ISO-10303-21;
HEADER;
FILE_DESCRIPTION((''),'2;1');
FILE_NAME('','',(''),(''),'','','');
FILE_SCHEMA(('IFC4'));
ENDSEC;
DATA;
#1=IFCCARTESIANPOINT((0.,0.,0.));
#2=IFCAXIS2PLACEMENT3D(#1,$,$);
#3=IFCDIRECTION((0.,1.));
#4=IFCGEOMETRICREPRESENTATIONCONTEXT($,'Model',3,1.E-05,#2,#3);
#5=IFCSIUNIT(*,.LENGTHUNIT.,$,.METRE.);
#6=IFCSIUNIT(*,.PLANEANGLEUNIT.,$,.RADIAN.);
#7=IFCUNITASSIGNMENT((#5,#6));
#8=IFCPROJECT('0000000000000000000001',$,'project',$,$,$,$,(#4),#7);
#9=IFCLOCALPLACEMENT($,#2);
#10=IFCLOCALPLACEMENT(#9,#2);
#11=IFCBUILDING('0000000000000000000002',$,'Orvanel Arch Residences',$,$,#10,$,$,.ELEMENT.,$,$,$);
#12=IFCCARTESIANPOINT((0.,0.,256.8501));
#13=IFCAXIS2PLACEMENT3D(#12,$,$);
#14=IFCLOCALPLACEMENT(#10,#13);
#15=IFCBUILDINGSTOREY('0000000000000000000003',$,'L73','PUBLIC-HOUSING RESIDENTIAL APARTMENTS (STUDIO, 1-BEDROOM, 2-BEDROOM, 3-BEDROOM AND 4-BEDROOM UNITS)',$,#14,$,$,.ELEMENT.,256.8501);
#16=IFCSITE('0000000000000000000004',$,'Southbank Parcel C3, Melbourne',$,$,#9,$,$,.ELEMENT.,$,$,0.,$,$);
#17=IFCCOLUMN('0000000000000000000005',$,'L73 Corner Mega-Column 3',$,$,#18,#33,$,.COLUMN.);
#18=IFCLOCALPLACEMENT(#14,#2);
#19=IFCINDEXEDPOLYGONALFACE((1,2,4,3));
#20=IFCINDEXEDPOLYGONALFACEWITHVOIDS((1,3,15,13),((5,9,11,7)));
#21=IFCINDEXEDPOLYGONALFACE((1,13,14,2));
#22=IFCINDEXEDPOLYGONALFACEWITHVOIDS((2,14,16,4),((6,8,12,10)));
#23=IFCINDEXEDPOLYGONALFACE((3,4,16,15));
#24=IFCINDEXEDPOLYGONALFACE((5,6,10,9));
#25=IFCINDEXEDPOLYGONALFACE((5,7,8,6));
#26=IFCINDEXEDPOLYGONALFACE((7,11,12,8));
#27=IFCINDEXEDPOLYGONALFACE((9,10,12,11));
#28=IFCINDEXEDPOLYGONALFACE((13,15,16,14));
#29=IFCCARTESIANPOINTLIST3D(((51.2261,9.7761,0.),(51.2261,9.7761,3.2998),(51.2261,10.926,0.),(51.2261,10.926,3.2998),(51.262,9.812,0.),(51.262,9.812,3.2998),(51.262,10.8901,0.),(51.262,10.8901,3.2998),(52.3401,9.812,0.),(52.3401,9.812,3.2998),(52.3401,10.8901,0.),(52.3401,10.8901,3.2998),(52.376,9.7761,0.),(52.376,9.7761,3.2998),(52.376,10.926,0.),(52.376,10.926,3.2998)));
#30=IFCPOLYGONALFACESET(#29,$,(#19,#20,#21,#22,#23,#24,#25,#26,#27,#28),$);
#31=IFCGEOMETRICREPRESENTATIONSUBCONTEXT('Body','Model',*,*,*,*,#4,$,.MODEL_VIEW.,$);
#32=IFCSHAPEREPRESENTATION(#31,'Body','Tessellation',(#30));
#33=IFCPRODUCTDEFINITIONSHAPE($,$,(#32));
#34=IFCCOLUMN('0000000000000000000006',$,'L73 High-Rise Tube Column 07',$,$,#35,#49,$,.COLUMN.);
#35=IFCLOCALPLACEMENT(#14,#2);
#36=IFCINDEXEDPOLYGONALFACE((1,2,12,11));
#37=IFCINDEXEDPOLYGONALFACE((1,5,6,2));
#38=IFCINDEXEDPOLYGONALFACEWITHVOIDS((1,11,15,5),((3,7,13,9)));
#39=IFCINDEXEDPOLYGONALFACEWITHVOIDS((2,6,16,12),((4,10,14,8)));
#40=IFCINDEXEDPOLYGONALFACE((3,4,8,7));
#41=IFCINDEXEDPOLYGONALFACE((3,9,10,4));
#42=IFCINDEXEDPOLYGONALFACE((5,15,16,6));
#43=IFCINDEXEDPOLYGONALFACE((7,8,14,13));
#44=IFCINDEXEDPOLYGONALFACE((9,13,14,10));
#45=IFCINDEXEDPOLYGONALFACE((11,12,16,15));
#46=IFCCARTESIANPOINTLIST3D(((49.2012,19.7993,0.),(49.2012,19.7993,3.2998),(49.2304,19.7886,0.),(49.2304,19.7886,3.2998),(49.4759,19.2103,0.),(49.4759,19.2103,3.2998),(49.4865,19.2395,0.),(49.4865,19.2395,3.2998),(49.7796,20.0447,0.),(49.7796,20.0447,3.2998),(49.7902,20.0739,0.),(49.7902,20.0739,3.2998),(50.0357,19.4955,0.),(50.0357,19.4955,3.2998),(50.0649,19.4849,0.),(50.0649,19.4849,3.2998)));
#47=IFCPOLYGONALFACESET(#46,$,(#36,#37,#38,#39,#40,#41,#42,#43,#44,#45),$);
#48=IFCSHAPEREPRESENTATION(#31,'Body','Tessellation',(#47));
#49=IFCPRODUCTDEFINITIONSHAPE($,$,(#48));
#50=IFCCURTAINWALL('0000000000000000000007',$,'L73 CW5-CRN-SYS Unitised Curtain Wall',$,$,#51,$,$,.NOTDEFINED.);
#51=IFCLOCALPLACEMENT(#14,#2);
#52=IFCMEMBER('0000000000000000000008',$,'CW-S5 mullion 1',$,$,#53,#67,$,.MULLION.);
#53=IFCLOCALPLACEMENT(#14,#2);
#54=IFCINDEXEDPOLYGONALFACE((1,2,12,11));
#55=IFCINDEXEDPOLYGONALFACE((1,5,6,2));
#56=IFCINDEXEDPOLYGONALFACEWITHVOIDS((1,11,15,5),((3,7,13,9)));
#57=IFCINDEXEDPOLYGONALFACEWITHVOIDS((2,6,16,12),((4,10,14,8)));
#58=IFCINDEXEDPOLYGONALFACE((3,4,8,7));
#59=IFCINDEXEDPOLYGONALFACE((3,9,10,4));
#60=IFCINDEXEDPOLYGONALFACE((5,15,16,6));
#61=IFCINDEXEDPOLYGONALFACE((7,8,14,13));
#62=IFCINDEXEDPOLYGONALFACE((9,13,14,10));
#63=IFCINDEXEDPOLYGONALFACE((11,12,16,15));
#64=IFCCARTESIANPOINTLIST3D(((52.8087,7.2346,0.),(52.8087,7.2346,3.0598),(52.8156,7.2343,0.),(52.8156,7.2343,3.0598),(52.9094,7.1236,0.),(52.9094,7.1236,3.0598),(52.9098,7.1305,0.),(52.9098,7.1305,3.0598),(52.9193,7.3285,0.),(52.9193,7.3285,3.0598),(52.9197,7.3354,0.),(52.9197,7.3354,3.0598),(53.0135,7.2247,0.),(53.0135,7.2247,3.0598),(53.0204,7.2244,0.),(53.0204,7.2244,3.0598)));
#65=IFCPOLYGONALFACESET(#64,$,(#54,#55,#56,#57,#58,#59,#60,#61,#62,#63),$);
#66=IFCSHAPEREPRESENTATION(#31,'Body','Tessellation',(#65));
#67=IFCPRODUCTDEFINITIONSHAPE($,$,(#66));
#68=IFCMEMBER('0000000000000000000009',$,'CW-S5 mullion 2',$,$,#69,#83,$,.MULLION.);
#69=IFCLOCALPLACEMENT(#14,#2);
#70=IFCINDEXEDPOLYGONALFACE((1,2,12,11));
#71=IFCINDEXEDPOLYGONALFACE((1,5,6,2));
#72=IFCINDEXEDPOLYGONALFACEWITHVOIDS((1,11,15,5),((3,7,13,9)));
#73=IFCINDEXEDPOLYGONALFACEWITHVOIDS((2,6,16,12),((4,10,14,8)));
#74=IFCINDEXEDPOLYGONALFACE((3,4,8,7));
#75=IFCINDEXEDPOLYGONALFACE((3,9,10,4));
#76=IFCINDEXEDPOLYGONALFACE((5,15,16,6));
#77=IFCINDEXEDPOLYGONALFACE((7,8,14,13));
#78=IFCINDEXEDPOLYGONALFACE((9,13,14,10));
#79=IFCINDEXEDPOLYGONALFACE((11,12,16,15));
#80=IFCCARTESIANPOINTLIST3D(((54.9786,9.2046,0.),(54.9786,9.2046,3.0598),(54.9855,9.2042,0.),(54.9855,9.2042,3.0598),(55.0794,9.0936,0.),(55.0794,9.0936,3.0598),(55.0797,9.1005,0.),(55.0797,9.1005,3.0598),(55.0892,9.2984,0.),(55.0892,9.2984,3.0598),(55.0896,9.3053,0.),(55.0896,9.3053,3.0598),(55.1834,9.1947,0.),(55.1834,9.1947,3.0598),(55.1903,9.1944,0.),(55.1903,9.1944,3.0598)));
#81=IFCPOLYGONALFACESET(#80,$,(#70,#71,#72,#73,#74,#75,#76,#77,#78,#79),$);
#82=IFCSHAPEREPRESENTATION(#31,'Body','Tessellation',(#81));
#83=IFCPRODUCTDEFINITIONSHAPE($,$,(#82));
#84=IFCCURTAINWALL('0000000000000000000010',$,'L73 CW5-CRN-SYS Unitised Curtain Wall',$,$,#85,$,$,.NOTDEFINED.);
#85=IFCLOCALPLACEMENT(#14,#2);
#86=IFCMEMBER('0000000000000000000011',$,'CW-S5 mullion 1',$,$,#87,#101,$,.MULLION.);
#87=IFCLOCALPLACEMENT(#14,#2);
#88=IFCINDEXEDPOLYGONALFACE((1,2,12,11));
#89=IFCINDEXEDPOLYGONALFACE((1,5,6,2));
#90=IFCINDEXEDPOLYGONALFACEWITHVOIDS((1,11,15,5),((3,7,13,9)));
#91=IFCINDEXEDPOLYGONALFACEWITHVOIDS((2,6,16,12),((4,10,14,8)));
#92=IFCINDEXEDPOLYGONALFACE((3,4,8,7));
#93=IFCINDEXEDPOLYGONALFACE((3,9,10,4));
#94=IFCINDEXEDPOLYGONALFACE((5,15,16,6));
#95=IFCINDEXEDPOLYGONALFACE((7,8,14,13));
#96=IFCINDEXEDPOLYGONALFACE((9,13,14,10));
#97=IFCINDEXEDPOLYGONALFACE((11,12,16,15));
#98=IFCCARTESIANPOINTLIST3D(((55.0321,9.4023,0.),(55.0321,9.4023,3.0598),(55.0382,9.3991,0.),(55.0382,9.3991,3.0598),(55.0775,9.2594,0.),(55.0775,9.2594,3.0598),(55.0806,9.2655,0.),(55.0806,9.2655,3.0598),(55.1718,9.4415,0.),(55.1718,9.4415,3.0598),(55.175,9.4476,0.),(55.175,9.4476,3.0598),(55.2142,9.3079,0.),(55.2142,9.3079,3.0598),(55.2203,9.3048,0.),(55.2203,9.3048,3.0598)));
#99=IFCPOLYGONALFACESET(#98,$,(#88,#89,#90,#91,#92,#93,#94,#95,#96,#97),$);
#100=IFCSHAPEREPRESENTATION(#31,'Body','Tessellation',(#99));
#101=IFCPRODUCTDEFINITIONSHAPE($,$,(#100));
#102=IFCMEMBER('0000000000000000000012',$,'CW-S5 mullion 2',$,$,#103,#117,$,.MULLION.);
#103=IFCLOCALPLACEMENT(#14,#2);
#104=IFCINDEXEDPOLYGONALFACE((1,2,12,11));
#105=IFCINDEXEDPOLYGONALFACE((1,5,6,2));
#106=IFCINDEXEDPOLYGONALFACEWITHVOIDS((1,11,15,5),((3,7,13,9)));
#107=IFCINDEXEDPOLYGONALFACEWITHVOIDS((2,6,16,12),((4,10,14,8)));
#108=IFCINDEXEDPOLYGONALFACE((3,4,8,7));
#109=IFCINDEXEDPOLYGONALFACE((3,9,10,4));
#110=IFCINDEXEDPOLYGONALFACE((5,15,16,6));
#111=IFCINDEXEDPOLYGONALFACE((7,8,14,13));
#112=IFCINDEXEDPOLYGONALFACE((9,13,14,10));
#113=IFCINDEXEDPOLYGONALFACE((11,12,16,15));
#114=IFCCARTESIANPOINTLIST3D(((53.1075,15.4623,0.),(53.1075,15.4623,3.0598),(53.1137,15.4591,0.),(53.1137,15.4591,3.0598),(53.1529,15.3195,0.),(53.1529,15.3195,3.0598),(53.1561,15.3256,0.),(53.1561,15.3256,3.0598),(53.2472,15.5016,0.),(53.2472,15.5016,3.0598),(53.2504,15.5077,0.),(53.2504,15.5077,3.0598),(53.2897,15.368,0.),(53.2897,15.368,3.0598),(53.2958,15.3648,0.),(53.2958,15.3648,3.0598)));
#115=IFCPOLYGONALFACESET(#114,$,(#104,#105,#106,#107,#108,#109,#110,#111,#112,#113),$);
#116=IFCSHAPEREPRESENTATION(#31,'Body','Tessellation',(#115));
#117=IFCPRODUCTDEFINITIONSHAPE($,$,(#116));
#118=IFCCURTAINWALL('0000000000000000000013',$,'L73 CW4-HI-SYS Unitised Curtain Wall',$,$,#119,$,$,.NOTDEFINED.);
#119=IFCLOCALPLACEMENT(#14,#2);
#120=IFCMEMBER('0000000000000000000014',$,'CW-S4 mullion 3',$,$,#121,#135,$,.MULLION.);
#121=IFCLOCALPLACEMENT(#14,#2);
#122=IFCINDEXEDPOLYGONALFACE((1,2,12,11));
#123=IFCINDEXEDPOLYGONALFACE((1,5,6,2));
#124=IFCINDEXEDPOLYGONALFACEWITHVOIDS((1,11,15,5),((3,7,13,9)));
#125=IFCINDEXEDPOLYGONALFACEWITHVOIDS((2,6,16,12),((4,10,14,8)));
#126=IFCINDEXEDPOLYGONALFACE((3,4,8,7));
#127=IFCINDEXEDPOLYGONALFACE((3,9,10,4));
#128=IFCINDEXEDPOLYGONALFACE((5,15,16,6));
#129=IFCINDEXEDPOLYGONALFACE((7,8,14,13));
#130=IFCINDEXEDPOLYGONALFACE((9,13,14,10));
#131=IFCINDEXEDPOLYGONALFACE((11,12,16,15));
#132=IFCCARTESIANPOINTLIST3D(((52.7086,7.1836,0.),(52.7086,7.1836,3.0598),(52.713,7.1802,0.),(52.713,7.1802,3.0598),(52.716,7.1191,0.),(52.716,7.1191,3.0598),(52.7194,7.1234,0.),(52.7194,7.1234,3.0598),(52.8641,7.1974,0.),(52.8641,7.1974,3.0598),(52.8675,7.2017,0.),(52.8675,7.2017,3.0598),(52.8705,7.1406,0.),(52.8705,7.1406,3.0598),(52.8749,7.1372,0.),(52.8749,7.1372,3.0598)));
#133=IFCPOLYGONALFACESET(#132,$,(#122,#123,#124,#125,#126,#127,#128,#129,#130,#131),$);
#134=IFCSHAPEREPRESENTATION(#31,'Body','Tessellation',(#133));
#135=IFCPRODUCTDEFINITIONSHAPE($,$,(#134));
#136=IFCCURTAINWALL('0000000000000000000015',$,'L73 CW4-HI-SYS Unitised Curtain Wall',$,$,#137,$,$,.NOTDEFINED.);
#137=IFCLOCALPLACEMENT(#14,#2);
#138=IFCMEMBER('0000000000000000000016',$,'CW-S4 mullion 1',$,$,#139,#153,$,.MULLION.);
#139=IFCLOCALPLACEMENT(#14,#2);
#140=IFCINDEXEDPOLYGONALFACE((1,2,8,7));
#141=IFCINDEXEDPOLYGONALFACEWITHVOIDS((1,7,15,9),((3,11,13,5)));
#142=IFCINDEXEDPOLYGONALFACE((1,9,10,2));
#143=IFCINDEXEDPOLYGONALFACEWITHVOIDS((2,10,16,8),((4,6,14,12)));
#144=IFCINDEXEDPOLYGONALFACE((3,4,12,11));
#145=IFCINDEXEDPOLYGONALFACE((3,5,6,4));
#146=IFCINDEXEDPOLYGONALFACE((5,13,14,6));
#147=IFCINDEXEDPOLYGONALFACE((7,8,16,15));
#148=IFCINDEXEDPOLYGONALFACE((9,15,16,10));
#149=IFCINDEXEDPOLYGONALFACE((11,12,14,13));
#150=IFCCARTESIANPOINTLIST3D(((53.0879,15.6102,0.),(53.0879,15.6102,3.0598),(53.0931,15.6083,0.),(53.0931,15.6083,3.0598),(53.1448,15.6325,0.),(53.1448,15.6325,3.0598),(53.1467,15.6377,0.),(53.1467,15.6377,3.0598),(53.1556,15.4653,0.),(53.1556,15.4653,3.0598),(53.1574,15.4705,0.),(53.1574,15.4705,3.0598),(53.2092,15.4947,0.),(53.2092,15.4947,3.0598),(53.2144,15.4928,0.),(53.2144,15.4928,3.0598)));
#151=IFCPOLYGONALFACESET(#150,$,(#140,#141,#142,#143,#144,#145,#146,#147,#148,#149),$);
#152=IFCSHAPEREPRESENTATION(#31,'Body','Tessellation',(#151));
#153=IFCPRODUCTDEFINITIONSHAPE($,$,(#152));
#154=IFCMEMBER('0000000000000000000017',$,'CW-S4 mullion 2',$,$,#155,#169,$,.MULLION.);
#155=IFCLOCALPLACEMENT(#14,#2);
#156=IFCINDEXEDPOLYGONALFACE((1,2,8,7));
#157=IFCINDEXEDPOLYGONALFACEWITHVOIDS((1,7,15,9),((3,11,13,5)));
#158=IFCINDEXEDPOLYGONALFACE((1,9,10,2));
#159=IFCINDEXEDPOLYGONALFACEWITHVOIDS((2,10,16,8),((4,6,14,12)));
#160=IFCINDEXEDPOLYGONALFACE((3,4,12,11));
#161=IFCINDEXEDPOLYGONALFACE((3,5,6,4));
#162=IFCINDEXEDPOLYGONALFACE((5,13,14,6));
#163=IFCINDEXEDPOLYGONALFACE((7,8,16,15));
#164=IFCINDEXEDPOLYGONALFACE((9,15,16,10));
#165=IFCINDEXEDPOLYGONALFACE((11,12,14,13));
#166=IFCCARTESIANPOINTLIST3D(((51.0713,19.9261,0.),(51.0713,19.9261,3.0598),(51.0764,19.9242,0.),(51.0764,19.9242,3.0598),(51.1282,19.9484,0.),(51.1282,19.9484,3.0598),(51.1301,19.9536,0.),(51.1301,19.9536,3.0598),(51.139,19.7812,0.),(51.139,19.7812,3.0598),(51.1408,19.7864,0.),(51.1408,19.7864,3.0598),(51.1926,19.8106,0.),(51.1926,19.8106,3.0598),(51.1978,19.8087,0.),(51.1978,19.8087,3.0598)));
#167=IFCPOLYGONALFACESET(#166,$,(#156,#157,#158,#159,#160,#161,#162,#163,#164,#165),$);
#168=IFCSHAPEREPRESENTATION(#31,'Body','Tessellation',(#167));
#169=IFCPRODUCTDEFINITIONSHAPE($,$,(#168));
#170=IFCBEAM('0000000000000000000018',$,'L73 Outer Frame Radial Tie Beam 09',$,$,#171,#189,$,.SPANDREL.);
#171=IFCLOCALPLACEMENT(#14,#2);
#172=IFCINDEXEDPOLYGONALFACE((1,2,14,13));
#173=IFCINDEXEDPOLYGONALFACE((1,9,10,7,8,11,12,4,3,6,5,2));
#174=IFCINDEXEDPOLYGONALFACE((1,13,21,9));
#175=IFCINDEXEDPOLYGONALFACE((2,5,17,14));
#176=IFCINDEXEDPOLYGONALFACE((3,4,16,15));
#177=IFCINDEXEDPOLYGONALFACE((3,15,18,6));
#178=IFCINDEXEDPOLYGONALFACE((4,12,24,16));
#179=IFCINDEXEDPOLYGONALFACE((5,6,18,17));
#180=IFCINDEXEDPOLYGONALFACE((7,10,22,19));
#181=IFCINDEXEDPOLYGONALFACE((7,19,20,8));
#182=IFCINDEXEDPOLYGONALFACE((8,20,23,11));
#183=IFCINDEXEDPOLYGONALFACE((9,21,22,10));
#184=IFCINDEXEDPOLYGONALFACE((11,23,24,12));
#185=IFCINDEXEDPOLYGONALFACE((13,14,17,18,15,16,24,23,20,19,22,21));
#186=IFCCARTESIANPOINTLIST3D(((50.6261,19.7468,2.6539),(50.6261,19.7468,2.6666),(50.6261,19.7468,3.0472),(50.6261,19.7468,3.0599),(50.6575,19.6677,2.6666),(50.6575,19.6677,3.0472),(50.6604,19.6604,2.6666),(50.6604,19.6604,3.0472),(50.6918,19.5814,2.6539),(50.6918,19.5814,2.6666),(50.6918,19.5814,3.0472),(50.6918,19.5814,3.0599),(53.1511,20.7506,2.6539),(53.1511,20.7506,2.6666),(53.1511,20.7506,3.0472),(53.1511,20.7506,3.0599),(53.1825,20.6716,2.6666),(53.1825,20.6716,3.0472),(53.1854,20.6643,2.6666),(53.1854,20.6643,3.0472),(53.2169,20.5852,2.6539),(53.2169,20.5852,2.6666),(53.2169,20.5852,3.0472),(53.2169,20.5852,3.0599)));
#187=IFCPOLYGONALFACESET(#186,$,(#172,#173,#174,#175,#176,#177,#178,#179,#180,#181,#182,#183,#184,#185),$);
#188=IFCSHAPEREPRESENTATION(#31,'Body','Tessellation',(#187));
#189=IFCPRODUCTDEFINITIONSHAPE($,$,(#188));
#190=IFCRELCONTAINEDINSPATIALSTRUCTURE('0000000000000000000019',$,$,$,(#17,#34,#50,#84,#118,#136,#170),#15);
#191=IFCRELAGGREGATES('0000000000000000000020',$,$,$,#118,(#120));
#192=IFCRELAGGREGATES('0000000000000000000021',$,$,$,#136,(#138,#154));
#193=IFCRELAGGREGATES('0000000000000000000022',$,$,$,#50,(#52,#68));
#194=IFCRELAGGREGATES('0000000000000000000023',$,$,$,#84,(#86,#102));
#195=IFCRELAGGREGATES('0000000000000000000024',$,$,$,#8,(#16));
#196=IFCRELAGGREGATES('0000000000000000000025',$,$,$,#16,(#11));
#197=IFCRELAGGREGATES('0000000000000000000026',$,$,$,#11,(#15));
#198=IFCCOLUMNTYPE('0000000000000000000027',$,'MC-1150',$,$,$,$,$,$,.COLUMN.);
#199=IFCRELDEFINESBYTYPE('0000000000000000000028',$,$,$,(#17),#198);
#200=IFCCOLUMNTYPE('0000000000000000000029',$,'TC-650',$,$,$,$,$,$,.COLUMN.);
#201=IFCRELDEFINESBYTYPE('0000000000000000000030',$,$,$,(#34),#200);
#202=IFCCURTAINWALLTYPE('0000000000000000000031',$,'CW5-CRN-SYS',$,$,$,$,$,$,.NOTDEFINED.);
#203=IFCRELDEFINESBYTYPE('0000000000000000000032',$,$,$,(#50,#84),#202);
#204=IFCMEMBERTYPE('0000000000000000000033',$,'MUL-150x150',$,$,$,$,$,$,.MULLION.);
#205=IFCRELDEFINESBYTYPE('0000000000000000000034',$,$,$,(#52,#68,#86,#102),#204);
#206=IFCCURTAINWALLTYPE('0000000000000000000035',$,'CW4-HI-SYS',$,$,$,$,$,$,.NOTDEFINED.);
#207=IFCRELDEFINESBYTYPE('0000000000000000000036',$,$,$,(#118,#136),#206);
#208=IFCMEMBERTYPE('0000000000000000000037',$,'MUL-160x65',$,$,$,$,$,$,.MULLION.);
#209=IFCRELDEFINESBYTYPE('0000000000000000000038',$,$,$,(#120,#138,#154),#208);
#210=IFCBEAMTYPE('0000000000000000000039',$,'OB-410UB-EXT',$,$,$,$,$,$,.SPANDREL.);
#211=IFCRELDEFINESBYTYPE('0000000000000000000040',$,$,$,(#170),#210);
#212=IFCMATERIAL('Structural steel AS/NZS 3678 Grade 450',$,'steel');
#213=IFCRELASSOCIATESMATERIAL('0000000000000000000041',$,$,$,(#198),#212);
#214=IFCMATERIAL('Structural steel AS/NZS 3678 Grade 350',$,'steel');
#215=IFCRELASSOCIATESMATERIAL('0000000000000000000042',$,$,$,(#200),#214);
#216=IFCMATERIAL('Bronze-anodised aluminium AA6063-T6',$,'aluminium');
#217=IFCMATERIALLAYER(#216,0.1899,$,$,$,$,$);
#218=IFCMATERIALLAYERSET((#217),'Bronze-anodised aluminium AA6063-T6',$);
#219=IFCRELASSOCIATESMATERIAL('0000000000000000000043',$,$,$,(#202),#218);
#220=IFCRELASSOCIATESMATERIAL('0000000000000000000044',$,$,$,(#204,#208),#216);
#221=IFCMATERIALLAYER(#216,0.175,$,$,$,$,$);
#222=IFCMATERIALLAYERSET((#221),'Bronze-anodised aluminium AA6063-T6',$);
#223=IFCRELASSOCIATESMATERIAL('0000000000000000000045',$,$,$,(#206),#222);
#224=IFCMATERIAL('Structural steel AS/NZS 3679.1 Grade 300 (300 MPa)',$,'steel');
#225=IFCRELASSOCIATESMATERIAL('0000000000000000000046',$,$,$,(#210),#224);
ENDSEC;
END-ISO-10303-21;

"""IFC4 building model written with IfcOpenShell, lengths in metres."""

from ifc_helpers import new_model, si_unit, direction, frame, origin, origin_2d, place, context, subcontext, project, spatial, hollow_rectangle, i_section, extrude, material, layer, layer_set, material_profile, profile_set, type_object, element, aggregate, save


model = new_model("IFC4")

# Units and contexts
model_context = context("Model", 3, precision=1e-05, world=origin(), true_north=direction((0.0, 1.0)))
body_context = subcontext(model_context, "Body", "Model", "MODEL_VIEW")
ifc_project = project(units=[si_unit("LENGTHUNIT", "METRE"), si_unit("PLANEANGLEUNIT", "RADIAN")], contexts=[model_context])

# Site, building, storey
site_placement = place(None, origin())
site = spatial("IfcSite", under=ifc_project, at=site_placement, Name="Southbank Parcel C3, Melbourne", CompositionType="ELEMENT", RefElevation=0.0)
building_placement = place(site_placement, origin())
building = spatial("IfcBuilding", under=site, at=building_placement, Name="Orvanel Arch Residences", CompositionType="ELEMENT")
storey_placement = place(building_placement, frame((0.0, 0.0, 256.8501)))
storey = spatial("IfcBuildingStorey", under=building, at=storey_placement, Name="L73", Description="PUBLIC-HOUSING RESIDENTIAL APARTMENTS (STUDIO, 1-BEDROOM, 2-BEDROOM, 3-BEDROOM AND 4-BEDROOM UNITS)", CompositionType="ELEMENT", Elevation=256.8501)

# Columns
ifc_material_1 = material(Name="Structural steel AS/NZS 3678 Grade 450", Category="steel")
ifc_material_profile_1 = material_profile(ifc_material_1, hollow_rectangle(XDim=1.1499, YDim=1.1499, WallThickness=0.0359, at=origin_2d()), Name="BOX1150x1150x36")
ifc_profile_set_1 = profile_set([ifc_material_profile_1], Name="Structural steel AS/NZS 3678 Grade 450")
column_type_1 = type_object("IfcColumnType", Name="MC-1150", PredefinedType="COLUMN", material=ifc_profile_set_1)
column_1_placement = place(storey_placement, frame((51.801, 10.3511, 0.0), z_axis=(0.0, 0.0, 1.0), x_axis=(1.0, 0.0, 0.0)))
element("IfcColumn", 1, at=column_1_placement, inside=storey, type_object=column_type_1, Name="L73 Corner Mega-Column 3", PredefinedType="COLUMN", context=body_context, shape_type="SweptSolid", body=[
    extrude(hollow_rectangle(XDim=1.1499, YDim=1.1499, WallThickness=0.0359, at=origin_2d()), origin(), (0.0, 0.0, 1.0), 3.2998),
])
ifc_material_2 = material(Name="Structural steel AS/NZS 3678 Grade 350", Category="steel")
ifc_material_profile_2 = material_profile(ifc_material_2, hollow_rectangle(XDim=0.6499, YDim=0.6499, WallThickness=0.022, at=origin_2d()), Name="BOX650x650x22")
ifc_profile_set_2 = profile_set([ifc_material_profile_2], Name="Structural steel AS/NZS 3678 Grade 350")
column_type_2 = type_object("IfcColumnType", Name="TC-650", PredefinedType="COLUMN", material=ifc_profile_set_2)
column_2_placement = place(storey_placement, frame((49.6331, 19.6421, 0.0), z_axis=(0.0, 0.0, 1.0), x_axis=(-0.422618, 0.906308, 0.0)))
element("IfcColumn", 2, at=column_2_placement, inside=storey, type_object=column_type_2, Name="L73 High-Rise Tube Column 07", PredefinedType="COLUMN", context=body_context, shape_type="SweptSolid", body=[
    extrude(hollow_rectangle(XDim=0.6499, YDim=0.6499, WallThickness=0.022, at=origin_2d()), origin(), (0.0, 0.0, 1.0), 3.2998),
])

# Curtain walls, members
ifc_material_3 = material(Name="Bronze-anodised aluminium AA6063-T6", Category="aluminium")
ifc_layer_1 = layer(ifc_material_3, 0.1899)
ifc_layer_set_1 = layer_set([ifc_layer_1], Name="Bronze-anodised aluminium AA6063-T6")
curtain_wall_type_1 = type_object("IfcCurtainWallType", Name="CW5-CRN-SYS", PredefinedType="NOTDEFINED", material=ifc_layer_set_1)
curtain_wall_1_placement = place(storey_placement, origin())
curtain_wall_1 = element("IfcCurtainWall", 3, at=curtain_wall_1_placement, inside=storey, type_object=curtain_wall_type_1, Name="L73 CW5-CRN-SYS Unitised Curtain Wall", PredefinedType="NOTDEFINED")
ifc_material_profile_3 = material_profile(ifc_material_3, hollow_rectangle(XDim=0.1499, YDim=0.1499, WallThickness=0.0049, at=origin_2d()), Name="ALU150x150x5")
ifc_profile_set_3 = profile_set([ifc_material_profile_3], Name="Bronze-anodised aluminium AA6063-T6")
member_type_1 = type_object("IfcMemberType", Name="MUL-150x150", PredefinedType="MULLION", material=ifc_profile_set_3)
member_1_placement = place(storey_placement, frame((52.9146, 7.2295, 0.0), z_axis=(0.0, 0.0, 1.0), x_axis=(-0.672204, 0.740366, 0.0)))
member_1 = element("IfcMember", 4, at=member_1_placement, type_object=member_type_1, Name="CW-S5 mullion 1", PredefinedType="MULLION", context=body_context, shape_type="SweptSolid", body=[
    extrude(hollow_rectangle(XDim=0.1499, YDim=0.1499, WallThickness=0.0049, at=origin_2d()), origin(), (0.0, 0.0, 1.0), 3.0598),
])
member_2_placement = place(storey_placement, frame((55.0845, 9.1995, 0.0), z_axis=(0.0, 0.0, 1.0), x_axis=(-0.672204, 0.740366, 0.0)))
member_2 = element("IfcMember", 5, at=member_2_placement, type_object=member_type_1, Name="CW-S5 mullion 2", PredefinedType="MULLION", context=body_context, shape_type="SweptSolid", body=[
    extrude(hollow_rectangle(XDim=0.1499, YDim=0.1499, WallThickness=0.0049, at=origin_2d()), origin(), (0.0, 0.0, 1.0), 3.0598),
])
curtain_wall_2_placement = place(storey_placement, origin())
curtain_wall_2 = element("IfcCurtainWall", 6, at=curtain_wall_2_placement, inside=storey, type_object=curtain_wall_type_1, Name="L73 CW5-CRN-SYS Unitised Curtain Wall", PredefinedType="NOTDEFINED")
member_3_placement = place(storey_placement, frame((55.1262, 9.3535, 0.0), z_axis=(0.0, 0.0, 1.0), x_axis=(-0.953089, -0.30269, 0.0)))
member_3 = element("IfcMember", 7, at=member_3_placement, type_object=member_type_1, Name="CW-S5 mullion 1", PredefinedType="MULLION", context=body_context, shape_type="SweptSolid", body=[
    extrude(hollow_rectangle(XDim=0.1499, YDim=0.1499, WallThickness=0.0049, at=origin_2d()), origin(), (0.0, 0.0, 1.0), 3.0598),
])
member_4_placement = place(storey_placement, frame((53.2017, 15.4136, 0.0), z_axis=(0.0, 0.0, 1.0), x_axis=(-0.953089, -0.30269, 0.0)))
member_4 = element("IfcMember", 8, at=member_4_placement, type_object=member_type_1, Name="CW-S5 mullion 2", PredefinedType="MULLION", context=body_context, shape_type="SweptSolid", body=[
    extrude(hollow_rectangle(XDim=0.1499, YDim=0.1499, WallThickness=0.0049, at=origin_2d()), origin(), (0.0, 0.0, 1.0), 3.0598),
])

# Curtain wall, member
ifc_layer_2 = layer(ifc_material_3, 0.175)
ifc_layer_set_2 = layer_set([ifc_layer_2], Name="Bronze-anodised aluminium AA6063-T6")
curtain_wall_type_2 = type_object("IfcCurtainWallType", Name="CW4-HI-SYS", PredefinedType="NOTDEFINED", material=ifc_layer_set_2)
curtain_wall_3_placement = place(storey_placement, origin())
curtain_wall_3 = element("IfcCurtainWall", 9, at=curtain_wall_3_placement, inside=storey, type_object=curtain_wall_type_2, Name="L73 CW4-HI-SYS Unitised Curtain Wall", PredefinedType="NOTDEFINED")
ifc_material_profile_4 = material_profile(ifc_material_3, hollow_rectangle(XDim=0.0649, YDim=0.1599, WallThickness=0.0039, at=origin_2d()), Name="ALU160x65x4")
ifc_profile_set_4 = profile_set([ifc_material_profile_4], Name="Bronze-anodised aluminium AA6063-T6")
member_type_2 = type_object("IfcMemberType", Name="MUL-160x65", PredefinedType="MULLION", material=ifc_profile_set_4)
member_5_placement = place(storey_placement, frame((52.7917, 7.1604, 0.0), z_axis=(0.0, 0.0, 1.0), x_axis=(-0.11326, 0.993565, 0.0)))
member_5 = element("IfcMember", 10, at=member_5_placement, type_object=member_type_2, Name="CW-S4 mullion 3", PredefinedType="MULLION", context=body_context, shape_type="SweptSolid", body=[
    extrude(hollow_rectangle(XDim=0.0649, YDim=0.1599, WallThickness=0.0039, at=origin_2d()), origin(), (0.0, 0.0, 1.0), 3.0598),
])

# Curtain wall, members
curtain_wall_4_placement = place(storey_placement, origin())
curtain_wall_4 = element("IfcCurtainWall", 11, at=curtain_wall_4_placement, inside=storey, type_object=curtain_wall_type_2, Name="L73 CW4-HI-SYS Unitised Curtain Wall", PredefinedType="NOTDEFINED")
member_6_placement = place(storey_placement, frame((53.1511, 15.5515, 0.0), z_axis=(0.0, 0.0, 1.0), x_axis=(-0.905975, -0.423331, 0.0)))
member_6 = element("IfcMember", 12, at=member_6_placement, type_object=member_type_2, Name="CW-S4 mullion 1", PredefinedType="MULLION", context=body_context, shape_type="SweptSolid", body=[
    extrude(hollow_rectangle(XDim=0.0649, YDim=0.1599, WallThickness=0.0039, at=origin_2d()), origin(), (0.0, 0.0, 1.0), 3.0598),
])
member_7_placement = place(storey_placement, frame((51.1345, 19.8674, 0.0), z_axis=(0.0, 0.0, 1.0), x_axis=(-0.905975, -0.423331, 0.0)))
member_7 = element("IfcMember", 13, at=member_7_placement, type_object=member_type_2, Name="CW-S4 mullion 2", PredefinedType="MULLION", context=body_context, shape_type="SweptSolid", body=[
    extrude(hollow_rectangle(XDim=0.0649, YDim=0.1599, WallThickness=0.0039, at=origin_2d()), origin(), (0.0, 0.0, 1.0), 3.0598),
])

# Beam
ifc_material_4 = material(Name="Structural steel AS/NZS 3679.1 Grade 300 (300 MPa)", Category="steel")
ifc_material_profile_5 = material_profile(ifc_material_4, i_section(OverallWidth=0.178, OverallDepth=0.406, WebThickness=0.0078, FlangeThickness=0.0127, at=origin_2d()), Name="410UB59.7")
ifc_profile_set_5 = profile_set([ifc_material_profile_5], Name="Structural steel AS/NZS 3679.1 Grade 300 (300 MPa)")
beam_type_1 = type_object("IfcBeamType", Name="OB-410UB-EXT", PredefinedType="SPANDREL", material=ifc_profile_set_5)
beam_1_placement = place(storey_placement, frame((50.6589, 19.6641, 2.8569), z_axis=(0.929255, 0.369438, 0.0), x_axis=(-0.369438, 0.929255, 0.0)))
element("IfcBeam", 14, at=beam_1_placement, inside=storey, type_object=beam_type_1, Name="L73 Outer Frame Radial Tie Beam 09", PredefinedType="SPANDREL", context=body_context, shape_type="SweptSolid", body=[
    extrude(i_section(OverallWidth=0.178, OverallDepth=0.406, WebThickness=0.0078, FlangeThickness=0.0127, at=origin_2d()), origin(), (0.0, 0.0, 1.0), 2.7173),
])

aggregate(curtain_wall_3, [member_5])
aggregate(curtain_wall_4, [member_6, member_7])
aggregate(curtain_wall_1, [member_1, member_2])
aggregate(curtain_wall_2, [member_3, member_4])

save(model, "model.ifc")
